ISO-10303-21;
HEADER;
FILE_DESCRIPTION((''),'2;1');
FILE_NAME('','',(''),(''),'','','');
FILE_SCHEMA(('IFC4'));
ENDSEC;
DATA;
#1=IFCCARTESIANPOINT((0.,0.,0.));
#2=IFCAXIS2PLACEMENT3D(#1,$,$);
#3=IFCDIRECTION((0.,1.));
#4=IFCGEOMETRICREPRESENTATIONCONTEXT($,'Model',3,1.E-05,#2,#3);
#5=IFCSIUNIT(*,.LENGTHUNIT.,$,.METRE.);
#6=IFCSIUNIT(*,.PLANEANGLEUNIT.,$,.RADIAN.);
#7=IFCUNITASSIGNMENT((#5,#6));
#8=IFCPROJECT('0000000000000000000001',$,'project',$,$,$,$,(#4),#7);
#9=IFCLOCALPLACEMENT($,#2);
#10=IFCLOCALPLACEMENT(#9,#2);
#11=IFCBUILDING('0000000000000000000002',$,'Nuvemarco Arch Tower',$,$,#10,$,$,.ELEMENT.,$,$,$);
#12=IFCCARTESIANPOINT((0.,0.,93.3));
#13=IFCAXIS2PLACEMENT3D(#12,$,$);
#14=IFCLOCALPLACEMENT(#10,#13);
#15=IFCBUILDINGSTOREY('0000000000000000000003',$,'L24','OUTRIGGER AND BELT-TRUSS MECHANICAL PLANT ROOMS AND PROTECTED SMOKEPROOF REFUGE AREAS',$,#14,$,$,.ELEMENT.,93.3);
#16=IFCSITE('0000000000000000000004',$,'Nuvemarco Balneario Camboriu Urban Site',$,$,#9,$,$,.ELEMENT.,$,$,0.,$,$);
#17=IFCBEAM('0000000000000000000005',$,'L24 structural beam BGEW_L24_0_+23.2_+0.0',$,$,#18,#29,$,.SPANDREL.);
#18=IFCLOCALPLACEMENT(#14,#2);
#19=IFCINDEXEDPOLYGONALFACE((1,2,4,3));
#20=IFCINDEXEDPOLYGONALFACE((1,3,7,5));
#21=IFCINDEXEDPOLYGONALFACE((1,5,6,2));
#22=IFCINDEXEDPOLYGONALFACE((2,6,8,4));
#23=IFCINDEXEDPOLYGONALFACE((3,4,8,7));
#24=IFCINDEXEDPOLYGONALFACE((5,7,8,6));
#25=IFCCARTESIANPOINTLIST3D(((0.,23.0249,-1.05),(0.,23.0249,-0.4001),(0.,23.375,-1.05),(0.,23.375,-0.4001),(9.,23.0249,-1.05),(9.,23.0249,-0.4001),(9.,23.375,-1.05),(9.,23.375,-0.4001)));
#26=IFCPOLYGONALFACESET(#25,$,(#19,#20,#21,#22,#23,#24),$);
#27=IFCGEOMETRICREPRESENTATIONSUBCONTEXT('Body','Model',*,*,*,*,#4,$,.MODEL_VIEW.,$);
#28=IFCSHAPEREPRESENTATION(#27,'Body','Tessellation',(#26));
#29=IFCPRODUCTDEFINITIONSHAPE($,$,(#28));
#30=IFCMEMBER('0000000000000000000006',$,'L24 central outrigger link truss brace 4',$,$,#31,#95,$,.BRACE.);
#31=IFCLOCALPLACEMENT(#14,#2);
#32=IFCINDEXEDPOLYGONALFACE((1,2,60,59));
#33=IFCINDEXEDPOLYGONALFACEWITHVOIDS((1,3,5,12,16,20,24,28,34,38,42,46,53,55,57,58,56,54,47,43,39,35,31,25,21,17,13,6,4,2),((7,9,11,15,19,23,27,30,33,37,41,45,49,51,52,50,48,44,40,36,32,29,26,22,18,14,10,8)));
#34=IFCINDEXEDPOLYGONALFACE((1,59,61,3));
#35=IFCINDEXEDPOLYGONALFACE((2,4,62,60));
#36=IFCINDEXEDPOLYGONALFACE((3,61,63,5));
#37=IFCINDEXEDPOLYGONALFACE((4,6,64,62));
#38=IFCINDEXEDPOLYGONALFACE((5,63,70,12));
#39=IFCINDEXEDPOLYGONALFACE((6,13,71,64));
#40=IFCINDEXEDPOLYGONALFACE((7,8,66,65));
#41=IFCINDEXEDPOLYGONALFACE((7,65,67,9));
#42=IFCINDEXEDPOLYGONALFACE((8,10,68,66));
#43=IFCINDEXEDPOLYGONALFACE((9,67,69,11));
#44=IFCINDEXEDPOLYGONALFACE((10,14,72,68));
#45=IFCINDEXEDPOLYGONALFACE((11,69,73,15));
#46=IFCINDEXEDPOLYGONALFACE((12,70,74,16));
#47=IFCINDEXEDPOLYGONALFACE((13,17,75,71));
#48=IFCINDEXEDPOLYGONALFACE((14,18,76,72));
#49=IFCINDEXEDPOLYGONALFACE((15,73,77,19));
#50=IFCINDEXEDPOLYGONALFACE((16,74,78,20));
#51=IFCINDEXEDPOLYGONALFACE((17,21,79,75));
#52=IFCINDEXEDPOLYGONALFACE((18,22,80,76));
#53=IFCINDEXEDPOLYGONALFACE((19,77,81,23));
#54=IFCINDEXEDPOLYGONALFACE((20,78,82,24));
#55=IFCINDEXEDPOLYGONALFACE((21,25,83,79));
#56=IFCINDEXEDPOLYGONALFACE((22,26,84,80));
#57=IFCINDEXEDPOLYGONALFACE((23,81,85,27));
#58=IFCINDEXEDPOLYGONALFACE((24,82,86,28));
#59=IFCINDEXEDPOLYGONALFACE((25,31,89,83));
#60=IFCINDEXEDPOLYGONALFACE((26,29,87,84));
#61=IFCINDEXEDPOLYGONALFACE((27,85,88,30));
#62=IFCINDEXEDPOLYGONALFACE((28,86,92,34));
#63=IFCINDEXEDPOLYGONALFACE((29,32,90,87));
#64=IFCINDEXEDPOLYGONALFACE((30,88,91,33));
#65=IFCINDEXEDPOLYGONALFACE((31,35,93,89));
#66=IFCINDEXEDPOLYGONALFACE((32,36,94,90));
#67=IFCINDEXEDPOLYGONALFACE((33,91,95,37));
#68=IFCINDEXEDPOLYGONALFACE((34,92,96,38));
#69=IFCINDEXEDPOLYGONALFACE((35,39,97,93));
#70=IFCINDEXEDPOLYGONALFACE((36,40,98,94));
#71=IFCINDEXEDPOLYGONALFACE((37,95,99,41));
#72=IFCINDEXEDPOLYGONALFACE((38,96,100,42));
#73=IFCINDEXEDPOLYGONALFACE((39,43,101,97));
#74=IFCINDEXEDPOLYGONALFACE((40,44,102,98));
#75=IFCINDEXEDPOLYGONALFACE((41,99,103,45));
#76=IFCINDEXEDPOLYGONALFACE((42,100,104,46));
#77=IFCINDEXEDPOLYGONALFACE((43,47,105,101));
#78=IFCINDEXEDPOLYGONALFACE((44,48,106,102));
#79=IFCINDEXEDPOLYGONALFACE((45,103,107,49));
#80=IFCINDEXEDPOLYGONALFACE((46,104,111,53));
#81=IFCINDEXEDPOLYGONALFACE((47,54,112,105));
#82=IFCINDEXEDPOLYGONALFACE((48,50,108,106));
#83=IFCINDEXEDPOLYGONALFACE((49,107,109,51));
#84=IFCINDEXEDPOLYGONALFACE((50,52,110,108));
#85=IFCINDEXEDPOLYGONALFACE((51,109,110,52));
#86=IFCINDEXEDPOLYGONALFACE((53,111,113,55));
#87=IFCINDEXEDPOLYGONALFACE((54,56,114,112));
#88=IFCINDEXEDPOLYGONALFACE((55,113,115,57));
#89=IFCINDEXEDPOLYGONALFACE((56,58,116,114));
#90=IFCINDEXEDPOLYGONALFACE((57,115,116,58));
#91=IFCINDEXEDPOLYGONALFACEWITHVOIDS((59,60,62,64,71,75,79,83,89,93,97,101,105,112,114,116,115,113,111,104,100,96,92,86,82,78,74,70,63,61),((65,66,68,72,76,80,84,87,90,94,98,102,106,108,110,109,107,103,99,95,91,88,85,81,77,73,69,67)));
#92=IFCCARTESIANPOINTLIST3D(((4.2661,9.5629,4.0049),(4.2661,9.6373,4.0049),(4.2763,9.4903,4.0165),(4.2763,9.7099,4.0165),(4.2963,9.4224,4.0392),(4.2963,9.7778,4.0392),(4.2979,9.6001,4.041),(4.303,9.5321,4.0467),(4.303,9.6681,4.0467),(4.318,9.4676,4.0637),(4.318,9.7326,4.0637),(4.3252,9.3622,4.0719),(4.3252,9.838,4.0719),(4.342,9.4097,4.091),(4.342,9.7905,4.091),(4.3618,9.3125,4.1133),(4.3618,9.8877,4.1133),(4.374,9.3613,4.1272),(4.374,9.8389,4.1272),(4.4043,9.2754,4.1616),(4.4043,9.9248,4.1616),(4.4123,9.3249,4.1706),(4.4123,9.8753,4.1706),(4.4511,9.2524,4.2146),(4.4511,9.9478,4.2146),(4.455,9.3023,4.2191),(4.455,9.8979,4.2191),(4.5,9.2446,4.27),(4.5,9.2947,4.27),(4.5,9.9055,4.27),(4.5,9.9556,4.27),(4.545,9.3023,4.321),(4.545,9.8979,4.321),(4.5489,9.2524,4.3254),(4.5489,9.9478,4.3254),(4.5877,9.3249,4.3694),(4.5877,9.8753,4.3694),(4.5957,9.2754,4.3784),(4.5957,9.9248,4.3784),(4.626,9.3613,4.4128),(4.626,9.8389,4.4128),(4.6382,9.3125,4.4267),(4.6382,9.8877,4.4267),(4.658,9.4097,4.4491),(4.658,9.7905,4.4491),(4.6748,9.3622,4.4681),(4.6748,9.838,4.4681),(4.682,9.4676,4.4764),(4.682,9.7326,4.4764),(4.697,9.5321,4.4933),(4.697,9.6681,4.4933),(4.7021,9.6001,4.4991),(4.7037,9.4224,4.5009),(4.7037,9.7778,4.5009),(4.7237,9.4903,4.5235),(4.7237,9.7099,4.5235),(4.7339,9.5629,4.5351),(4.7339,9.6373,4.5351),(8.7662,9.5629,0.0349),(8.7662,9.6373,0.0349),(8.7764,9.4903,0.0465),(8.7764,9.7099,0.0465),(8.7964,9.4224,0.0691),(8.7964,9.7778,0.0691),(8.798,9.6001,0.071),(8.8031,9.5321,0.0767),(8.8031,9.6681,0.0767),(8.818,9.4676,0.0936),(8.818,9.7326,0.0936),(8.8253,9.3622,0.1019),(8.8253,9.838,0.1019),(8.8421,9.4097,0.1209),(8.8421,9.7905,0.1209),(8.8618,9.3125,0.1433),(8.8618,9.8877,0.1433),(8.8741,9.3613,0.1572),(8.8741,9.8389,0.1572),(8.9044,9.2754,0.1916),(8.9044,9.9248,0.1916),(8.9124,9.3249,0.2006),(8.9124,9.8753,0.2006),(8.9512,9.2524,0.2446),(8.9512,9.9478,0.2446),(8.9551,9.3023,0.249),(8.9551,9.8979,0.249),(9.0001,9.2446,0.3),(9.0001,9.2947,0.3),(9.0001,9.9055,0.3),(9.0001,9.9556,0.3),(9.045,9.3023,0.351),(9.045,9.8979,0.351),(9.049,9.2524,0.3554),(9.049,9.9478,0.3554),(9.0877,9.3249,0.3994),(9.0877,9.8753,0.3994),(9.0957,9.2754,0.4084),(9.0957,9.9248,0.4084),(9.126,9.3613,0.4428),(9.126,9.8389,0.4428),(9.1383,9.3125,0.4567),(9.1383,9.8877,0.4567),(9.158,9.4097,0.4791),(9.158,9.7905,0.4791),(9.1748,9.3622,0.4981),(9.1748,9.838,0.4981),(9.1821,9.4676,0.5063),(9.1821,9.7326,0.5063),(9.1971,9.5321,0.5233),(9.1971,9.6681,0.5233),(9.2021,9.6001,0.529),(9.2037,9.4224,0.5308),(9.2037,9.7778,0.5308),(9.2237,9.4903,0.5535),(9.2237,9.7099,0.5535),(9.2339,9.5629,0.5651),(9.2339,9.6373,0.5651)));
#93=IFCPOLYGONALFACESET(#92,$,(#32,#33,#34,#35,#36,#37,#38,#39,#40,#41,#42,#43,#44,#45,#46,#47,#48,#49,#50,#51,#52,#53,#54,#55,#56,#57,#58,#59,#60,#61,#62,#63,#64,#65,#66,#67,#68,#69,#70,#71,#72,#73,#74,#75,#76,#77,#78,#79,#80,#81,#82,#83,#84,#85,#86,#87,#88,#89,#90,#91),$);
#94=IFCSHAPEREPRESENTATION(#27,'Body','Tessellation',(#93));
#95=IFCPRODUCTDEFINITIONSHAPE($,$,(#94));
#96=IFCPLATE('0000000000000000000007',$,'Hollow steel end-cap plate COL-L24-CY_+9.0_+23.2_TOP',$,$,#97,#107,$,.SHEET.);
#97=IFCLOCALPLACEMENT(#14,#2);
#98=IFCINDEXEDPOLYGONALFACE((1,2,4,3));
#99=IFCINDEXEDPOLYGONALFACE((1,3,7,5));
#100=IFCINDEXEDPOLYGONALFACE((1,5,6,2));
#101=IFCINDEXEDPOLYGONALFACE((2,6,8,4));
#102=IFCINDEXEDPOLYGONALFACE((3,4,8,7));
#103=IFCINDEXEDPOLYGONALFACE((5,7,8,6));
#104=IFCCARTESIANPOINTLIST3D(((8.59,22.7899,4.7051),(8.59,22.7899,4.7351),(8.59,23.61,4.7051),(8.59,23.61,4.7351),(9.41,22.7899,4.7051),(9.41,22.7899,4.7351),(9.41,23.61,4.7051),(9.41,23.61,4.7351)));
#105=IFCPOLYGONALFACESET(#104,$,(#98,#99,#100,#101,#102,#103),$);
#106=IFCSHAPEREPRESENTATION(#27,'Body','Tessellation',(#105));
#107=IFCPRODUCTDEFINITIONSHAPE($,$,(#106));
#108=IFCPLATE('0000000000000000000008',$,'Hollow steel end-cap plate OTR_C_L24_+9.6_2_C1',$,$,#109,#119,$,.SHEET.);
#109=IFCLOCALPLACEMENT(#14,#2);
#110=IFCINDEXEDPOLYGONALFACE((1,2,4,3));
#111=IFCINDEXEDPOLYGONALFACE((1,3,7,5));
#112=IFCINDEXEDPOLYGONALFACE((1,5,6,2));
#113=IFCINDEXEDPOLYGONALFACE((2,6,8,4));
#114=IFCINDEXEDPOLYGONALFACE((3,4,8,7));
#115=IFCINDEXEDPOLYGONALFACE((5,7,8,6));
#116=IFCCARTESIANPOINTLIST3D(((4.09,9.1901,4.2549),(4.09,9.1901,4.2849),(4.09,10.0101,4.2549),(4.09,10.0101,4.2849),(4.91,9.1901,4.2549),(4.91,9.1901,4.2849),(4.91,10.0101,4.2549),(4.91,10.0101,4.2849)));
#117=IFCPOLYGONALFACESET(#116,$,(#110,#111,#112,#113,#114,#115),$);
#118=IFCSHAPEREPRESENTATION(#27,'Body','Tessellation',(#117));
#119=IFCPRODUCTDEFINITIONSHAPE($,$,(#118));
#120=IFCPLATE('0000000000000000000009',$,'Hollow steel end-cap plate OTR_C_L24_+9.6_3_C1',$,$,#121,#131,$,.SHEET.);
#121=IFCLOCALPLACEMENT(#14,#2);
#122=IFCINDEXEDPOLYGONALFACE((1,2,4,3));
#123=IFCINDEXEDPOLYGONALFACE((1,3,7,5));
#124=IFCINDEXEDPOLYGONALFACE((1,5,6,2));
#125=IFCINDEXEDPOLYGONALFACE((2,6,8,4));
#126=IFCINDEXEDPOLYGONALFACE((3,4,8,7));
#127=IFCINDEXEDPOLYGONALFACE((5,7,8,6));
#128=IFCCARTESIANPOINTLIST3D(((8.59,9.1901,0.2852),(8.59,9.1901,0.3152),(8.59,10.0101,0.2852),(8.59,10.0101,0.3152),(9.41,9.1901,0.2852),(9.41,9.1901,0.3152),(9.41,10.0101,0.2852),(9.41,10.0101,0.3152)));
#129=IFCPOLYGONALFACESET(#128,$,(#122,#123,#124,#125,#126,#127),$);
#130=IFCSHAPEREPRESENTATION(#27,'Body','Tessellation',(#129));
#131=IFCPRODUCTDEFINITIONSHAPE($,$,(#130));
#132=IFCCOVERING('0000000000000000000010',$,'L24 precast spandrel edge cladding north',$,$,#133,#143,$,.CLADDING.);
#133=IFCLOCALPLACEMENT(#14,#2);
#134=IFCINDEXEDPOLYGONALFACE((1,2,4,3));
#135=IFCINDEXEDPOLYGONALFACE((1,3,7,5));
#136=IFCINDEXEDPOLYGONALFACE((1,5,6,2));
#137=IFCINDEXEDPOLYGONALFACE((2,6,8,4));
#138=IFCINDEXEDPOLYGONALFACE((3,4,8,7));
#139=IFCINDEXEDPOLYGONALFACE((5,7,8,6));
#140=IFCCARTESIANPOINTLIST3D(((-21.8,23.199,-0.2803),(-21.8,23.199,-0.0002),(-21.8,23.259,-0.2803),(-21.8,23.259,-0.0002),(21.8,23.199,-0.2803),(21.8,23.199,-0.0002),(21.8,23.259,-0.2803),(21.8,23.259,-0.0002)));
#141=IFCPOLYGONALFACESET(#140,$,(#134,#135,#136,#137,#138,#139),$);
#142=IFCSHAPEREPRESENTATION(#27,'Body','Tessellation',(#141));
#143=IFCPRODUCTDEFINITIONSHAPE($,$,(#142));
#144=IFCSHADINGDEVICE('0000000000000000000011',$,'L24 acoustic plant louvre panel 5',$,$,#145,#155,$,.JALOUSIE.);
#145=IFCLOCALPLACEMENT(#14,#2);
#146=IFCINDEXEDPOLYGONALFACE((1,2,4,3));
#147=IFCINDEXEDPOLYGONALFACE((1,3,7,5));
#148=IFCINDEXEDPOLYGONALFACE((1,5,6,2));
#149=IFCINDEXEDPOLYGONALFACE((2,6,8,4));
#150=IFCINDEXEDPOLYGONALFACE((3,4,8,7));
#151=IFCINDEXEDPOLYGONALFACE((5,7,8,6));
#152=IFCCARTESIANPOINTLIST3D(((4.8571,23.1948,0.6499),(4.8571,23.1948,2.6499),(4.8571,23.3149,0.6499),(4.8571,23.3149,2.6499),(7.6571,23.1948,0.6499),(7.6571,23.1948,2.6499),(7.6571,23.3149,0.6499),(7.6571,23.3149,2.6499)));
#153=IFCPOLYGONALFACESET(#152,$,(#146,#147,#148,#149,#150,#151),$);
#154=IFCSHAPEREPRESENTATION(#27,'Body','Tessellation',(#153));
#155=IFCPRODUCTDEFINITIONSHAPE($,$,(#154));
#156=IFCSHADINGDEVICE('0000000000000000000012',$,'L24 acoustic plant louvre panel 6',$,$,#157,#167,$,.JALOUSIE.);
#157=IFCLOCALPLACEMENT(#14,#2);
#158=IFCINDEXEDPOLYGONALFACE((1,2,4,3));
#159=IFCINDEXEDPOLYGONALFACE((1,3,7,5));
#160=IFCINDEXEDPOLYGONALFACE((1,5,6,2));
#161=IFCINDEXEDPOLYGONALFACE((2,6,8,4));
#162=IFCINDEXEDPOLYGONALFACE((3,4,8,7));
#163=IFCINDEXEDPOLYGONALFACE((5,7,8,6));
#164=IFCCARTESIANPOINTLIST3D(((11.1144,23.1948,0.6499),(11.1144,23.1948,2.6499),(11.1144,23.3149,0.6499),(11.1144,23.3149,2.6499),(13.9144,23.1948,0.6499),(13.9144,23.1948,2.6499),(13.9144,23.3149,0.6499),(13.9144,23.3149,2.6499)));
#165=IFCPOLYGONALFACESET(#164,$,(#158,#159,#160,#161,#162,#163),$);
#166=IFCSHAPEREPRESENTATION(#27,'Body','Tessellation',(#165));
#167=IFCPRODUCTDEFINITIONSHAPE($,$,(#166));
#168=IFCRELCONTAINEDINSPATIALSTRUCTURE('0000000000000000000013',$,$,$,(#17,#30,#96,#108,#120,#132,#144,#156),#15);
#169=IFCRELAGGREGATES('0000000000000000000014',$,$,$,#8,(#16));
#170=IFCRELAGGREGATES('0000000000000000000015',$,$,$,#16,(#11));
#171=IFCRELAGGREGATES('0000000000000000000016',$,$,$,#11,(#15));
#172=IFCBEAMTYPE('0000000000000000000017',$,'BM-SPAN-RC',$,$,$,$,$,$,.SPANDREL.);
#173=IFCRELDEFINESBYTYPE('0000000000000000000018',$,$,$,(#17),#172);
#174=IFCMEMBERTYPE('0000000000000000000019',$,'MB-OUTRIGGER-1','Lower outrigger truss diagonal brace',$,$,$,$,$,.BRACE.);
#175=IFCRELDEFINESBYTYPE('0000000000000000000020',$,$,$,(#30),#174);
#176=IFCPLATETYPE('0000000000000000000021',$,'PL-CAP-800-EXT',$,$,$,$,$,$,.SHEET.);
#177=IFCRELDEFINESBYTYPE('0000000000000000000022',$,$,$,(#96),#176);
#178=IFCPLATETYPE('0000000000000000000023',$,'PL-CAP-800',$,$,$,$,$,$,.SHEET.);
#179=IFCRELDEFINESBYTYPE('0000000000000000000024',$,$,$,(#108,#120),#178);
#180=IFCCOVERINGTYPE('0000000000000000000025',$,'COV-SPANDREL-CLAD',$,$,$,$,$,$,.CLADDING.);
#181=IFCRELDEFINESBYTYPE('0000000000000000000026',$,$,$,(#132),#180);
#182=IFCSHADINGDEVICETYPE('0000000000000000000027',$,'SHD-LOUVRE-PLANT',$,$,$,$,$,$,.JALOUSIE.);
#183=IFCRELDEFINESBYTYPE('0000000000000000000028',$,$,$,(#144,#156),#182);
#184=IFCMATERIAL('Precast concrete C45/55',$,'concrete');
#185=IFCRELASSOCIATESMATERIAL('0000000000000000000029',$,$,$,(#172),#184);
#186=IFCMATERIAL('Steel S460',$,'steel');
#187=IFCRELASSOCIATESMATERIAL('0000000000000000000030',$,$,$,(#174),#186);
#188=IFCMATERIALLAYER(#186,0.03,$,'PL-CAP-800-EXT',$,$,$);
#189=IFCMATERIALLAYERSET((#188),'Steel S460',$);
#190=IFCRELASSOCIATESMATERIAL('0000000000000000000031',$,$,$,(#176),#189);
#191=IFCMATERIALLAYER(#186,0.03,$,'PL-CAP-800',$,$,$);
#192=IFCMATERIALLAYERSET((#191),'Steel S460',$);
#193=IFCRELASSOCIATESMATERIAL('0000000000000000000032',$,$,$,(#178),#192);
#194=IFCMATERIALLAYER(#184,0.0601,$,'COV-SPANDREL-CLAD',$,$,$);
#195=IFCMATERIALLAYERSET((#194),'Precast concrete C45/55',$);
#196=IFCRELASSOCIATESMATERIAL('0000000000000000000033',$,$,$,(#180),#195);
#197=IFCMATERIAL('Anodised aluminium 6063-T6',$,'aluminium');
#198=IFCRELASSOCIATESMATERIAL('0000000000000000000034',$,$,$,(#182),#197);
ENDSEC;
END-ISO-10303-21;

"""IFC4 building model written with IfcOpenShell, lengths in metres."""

from ifc_helpers import new_model, si_unit, direction, frame, origin, origin_2d, place, context, subcontext, project, spatial, rectangle, hollow_circle, extrude, source, transform, mapped, material, layer, layer_set, material_profile, profile_set, type_object, type_shapes, element, save


model = new_model("IFC4")

# Units and contexts
model_context = context("Model", 3, precision=1e-05, world=origin(), true_north=direction((0.0, 1.0)))
body_context = subcontext(model_context, "Body", "Model", "MODEL_VIEW")
ifc_project = project(units=[si_unit("LENGTHUNIT", "METRE"), si_unit("PLANEANGLEUNIT", "RADIAN")], contexts=[model_context])

# Site, building, storey
site_placement = place(None, origin())
site = spatial("IfcSite", under=ifc_project, at=site_placement, Name="Nuvemarco Balneario Camboriu Urban Site", CompositionType="ELEMENT", RefElevation=0.0)
building_placement = place(site_placement, origin())
building = spatial("IfcBuilding", under=site, at=building_placement, Name="Nuvemarco Arch Tower", CompositionType="ELEMENT")
storey_placement = place(building_placement, frame((0.0, 0.0, 93.3)))
storey = spatial("IfcBuildingStorey", under=building, at=storey_placement, Name="L24", Description="OUTRIGGER AND BELT-TRUSS MECHANICAL PLANT ROOMS AND PROTECTED SMOKEPROOF REFUGE AREAS", CompositionType="ELEMENT", Elevation=93.3)

# Shared definitions
ifc_material_1 = material(Name="Steel S460", Category="steel")

# Beam
ifc_material_2 = material(Name="Precast concrete C45/55", Category="concrete")
ifc_material_profile_1 = material_profile(ifc_material_2, rectangle(XDim=0.3501, YDim=0.6499, at=origin_2d()), Name="PC-SP-350x650")
ifc_profile_set_1 = profile_set([ifc_material_profile_1], Name="Precast concrete C45/55")
beam_type_1 = type_object("IfcBeamType", Name="BM-SPAN-RC", PredefinedType="SPANDREL", material=ifc_profile_set_1)
beam_1_placement = place(storey_placement, frame((0.0, 23.2, -0.7251), z_axis=(1.0, 0.0, 0.0), x_axis=(0.0, 1.0, 0.0)))
element("IfcBeam", 1, at=beam_1_placement, inside=storey, type_object=beam_type_1, Name="L24 structural beam BGEW_L24_0_+23.2_+0.0", PredefinedType="SPANDREL", context=body_context, shape_type="SweptSolid", body=[
    extrude(rectangle(XDim=0.3501, YDim=0.6499, at=origin_2d()), origin(), (0.0, 0.0, 1.0), 9.0),
])

# Member
ifc_material_profile_2 = material_profile(ifc_material_1, hollow_circle(Radius=0.3555, WallThickness=0.05, at=origin_2d()), Name="CHS711x50")
ifc_profile_set_2 = profile_set([ifc_material_profile_2], Name="Steel S460")
member_type = type_object("IfcMemberType", Name="MB-OUTRIGGER-1", Description="Lower outrigger truss diagonal brace", PredefinedType="BRACE", material=ifc_profile_set_2)
member_placement = place(storey_placement, frame((4.5, 9.6001, 4.27), z_axis=(0.749889, 0.0, -0.661564), x_axis=(0.0, 1.0, 0.0)))
element("IfcMember", 2, at=member_placement, inside=storey, type_object=member_type, Name="L24 central outrigger link truss brace 4", PredefinedType="BRACE", context=body_context, shape_type="SweptSolid", body=[
    extrude(hollow_circle(Radius=0.3555, WallThickness=0.05, at=origin_2d()), origin(), (0.0, 0.0, 1.0), 6.001),
])

# Plates
ifc_layer_1 = layer(ifc_material_1, 0.03, Name="PL-CAP-800-EXT")
ifc_layer_set_1 = layer_set([ifc_layer_1], Name="Steel S460")
plate_type_1 = type_object("IfcPlateType", Name="PL-CAP-800-EXT", PredefinedType="SHEET", material=ifc_layer_set_1)
shared_shape_1 = source(origin(), body_context, "Body", "SweptSolid", [
    extrude(rectangle(XDim=0.8201, YDim=0.8201, at=origin_2d()), origin(), (0.0, 0.0, 1.0), 0.03),
])
type_shapes(plate_type_1, [shared_shape_1])
plate_placement = place(storey_placement, frame((9.0, 23.2, 4.7051), z_axis=(0.0, 0.0, 1.0), x_axis=(1.0, 0.0, 0.0)))
element("IfcPlate", 3, at=plate_placement, inside=storey, type_object=plate_type_1, Name="Hollow steel end-cap plate COL-L24-CY_+9.0_+23.2_TOP", PredefinedType="SHEET", context=body_context, shape_type="MappedRepresentation", body=[
    mapped(shared_shape_1, transform((0.0, 0.0, 0.0), scale=1.0)),
])
ifc_layer_2 = layer(ifc_material_1, 0.03, Name="PL-CAP-800")
ifc_layer_set_2 = layer_set([ifc_layer_2], Name="Steel S460")
plate_type_2 = type_object("IfcPlateType", Name="PL-CAP-800", PredefinedType="SHEET", material=ifc_layer_set_2)
shared_shape_2 = source(origin(), body_context, "Body", "SweptSolid", [
    extrude(rectangle(XDim=0.8201, YDim=0.8201, at=origin_2d()), origin(), (0.0, 0.0, 1.0), 0.03),
])
type_shapes(plate_type_2, [shared_shape_2])
for number, where, z_axis, x_axis, name in (
    (4, (4.5, 9.6001, 4.2549), (0.0, 0.0, 1.0), (1.0, 0.0, 0.0), "Hollow steel end-cap plate OTR_C_L24_+9.6_2_C1"),
    (5, (9.0, 9.6001, 0.2852), (0.0, 0.0, 1.0), (1.0, 0.0, 0.0), "Hollow steel end-cap plate OTR_C_L24_+9.6_3_C1"),
):
    element("IfcPlate", number, at=place(storey_placement, frame(where, z_axis=z_axis, x_axis=x_axis)), inside=storey, type_object=plate_type_2, Name=name, PredefinedType="SHEET", context=body_context, shape_type="MappedRepresentation", body=[
        mapped(shared_shape_2, transform((0.0, 0.0, 0.0), scale=1.0)),
    ])

# Covering
ifc_layer_3 = layer(ifc_material_2, 0.0601, Name="COV-SPANDREL-CLAD")
ifc_layer_set_3 = layer_set([ifc_layer_3], Name="Precast concrete C45/55")
covering_type = type_object("IfcCoveringType", Name="COV-SPANDREL-CLAD", PredefinedType="CLADDING", material=ifc_layer_set_3)
shared_shape_3 = source(origin(), body_context, "Body", "SweptSolid", [
    extrude(rectangle(XDim=43.6001, YDim=0.0601, at=origin_2d()), origin(), (0.0, 0.0, 1.0), 0.28),
])
type_shapes(covering_type, [shared_shape_3])
covering_placement = place(storey_placement, frame((0.0, 23.229, -0.2803), z_axis=(0.0, 0.0, 1.0), x_axis=(1.0, 0.0, 0.0)))
element("IfcCovering", 6, at=covering_placement, inside=storey, type_object=covering_type, Name="L24 precast spandrel edge cladding north", PredefinedType="CLADDING", context=body_context, shape_type="MappedRepresentation", body=[
    mapped(shared_shape_3, transform((0.0, 0.0, 0.0), scale=1.0)),
])

# Shading devices
ifc_material_3 = material(Name="Anodised aluminium 6063-T6", Category="aluminium")
shading_device_type = type_object("IfcShadingDeviceType", Name="SHD-LOUVRE-PLANT", PredefinedType="JALOUSIE", material=ifc_material_3)
shared_shape_4 = source(origin(), body_context, "Body", "SweptSolid", [
    extrude(rectangle(XDim=2.8, YDim=0.1201, at=origin_2d()), origin(), (0.0, 0.0, 1.0), 2.0),
])
type_shapes(shading_device_type, [shared_shape_4])
for number, where, z_axis, x_axis, name in (
    (7, (6.2571, 23.2549, 0.6499), (0.0, 0.0, 1.0), (1.0, 0.0, 0.0), "L24 acoustic plant louvre panel 5"),
    (8, (12.5144, 23.2549, 0.6499), (0.0, 0.0, 1.0), (1.0, 0.0, 0.0), "L24 acoustic plant louvre panel 6"),
):
    element("IfcShadingDevice", number, at=place(storey_placement, frame(where, z_axis=z_axis, x_axis=x_axis)), inside=storey, type_object=shading_device_type, Name=name, PredefinedType="JALOUSIE", context=body_context, shape_type="MappedRepresentation", body=[
        mapped(shared_shape_4, transform((0.0, 0.0, 0.0), scale=1.0)),
    ])

save(model, "model.ifc")
